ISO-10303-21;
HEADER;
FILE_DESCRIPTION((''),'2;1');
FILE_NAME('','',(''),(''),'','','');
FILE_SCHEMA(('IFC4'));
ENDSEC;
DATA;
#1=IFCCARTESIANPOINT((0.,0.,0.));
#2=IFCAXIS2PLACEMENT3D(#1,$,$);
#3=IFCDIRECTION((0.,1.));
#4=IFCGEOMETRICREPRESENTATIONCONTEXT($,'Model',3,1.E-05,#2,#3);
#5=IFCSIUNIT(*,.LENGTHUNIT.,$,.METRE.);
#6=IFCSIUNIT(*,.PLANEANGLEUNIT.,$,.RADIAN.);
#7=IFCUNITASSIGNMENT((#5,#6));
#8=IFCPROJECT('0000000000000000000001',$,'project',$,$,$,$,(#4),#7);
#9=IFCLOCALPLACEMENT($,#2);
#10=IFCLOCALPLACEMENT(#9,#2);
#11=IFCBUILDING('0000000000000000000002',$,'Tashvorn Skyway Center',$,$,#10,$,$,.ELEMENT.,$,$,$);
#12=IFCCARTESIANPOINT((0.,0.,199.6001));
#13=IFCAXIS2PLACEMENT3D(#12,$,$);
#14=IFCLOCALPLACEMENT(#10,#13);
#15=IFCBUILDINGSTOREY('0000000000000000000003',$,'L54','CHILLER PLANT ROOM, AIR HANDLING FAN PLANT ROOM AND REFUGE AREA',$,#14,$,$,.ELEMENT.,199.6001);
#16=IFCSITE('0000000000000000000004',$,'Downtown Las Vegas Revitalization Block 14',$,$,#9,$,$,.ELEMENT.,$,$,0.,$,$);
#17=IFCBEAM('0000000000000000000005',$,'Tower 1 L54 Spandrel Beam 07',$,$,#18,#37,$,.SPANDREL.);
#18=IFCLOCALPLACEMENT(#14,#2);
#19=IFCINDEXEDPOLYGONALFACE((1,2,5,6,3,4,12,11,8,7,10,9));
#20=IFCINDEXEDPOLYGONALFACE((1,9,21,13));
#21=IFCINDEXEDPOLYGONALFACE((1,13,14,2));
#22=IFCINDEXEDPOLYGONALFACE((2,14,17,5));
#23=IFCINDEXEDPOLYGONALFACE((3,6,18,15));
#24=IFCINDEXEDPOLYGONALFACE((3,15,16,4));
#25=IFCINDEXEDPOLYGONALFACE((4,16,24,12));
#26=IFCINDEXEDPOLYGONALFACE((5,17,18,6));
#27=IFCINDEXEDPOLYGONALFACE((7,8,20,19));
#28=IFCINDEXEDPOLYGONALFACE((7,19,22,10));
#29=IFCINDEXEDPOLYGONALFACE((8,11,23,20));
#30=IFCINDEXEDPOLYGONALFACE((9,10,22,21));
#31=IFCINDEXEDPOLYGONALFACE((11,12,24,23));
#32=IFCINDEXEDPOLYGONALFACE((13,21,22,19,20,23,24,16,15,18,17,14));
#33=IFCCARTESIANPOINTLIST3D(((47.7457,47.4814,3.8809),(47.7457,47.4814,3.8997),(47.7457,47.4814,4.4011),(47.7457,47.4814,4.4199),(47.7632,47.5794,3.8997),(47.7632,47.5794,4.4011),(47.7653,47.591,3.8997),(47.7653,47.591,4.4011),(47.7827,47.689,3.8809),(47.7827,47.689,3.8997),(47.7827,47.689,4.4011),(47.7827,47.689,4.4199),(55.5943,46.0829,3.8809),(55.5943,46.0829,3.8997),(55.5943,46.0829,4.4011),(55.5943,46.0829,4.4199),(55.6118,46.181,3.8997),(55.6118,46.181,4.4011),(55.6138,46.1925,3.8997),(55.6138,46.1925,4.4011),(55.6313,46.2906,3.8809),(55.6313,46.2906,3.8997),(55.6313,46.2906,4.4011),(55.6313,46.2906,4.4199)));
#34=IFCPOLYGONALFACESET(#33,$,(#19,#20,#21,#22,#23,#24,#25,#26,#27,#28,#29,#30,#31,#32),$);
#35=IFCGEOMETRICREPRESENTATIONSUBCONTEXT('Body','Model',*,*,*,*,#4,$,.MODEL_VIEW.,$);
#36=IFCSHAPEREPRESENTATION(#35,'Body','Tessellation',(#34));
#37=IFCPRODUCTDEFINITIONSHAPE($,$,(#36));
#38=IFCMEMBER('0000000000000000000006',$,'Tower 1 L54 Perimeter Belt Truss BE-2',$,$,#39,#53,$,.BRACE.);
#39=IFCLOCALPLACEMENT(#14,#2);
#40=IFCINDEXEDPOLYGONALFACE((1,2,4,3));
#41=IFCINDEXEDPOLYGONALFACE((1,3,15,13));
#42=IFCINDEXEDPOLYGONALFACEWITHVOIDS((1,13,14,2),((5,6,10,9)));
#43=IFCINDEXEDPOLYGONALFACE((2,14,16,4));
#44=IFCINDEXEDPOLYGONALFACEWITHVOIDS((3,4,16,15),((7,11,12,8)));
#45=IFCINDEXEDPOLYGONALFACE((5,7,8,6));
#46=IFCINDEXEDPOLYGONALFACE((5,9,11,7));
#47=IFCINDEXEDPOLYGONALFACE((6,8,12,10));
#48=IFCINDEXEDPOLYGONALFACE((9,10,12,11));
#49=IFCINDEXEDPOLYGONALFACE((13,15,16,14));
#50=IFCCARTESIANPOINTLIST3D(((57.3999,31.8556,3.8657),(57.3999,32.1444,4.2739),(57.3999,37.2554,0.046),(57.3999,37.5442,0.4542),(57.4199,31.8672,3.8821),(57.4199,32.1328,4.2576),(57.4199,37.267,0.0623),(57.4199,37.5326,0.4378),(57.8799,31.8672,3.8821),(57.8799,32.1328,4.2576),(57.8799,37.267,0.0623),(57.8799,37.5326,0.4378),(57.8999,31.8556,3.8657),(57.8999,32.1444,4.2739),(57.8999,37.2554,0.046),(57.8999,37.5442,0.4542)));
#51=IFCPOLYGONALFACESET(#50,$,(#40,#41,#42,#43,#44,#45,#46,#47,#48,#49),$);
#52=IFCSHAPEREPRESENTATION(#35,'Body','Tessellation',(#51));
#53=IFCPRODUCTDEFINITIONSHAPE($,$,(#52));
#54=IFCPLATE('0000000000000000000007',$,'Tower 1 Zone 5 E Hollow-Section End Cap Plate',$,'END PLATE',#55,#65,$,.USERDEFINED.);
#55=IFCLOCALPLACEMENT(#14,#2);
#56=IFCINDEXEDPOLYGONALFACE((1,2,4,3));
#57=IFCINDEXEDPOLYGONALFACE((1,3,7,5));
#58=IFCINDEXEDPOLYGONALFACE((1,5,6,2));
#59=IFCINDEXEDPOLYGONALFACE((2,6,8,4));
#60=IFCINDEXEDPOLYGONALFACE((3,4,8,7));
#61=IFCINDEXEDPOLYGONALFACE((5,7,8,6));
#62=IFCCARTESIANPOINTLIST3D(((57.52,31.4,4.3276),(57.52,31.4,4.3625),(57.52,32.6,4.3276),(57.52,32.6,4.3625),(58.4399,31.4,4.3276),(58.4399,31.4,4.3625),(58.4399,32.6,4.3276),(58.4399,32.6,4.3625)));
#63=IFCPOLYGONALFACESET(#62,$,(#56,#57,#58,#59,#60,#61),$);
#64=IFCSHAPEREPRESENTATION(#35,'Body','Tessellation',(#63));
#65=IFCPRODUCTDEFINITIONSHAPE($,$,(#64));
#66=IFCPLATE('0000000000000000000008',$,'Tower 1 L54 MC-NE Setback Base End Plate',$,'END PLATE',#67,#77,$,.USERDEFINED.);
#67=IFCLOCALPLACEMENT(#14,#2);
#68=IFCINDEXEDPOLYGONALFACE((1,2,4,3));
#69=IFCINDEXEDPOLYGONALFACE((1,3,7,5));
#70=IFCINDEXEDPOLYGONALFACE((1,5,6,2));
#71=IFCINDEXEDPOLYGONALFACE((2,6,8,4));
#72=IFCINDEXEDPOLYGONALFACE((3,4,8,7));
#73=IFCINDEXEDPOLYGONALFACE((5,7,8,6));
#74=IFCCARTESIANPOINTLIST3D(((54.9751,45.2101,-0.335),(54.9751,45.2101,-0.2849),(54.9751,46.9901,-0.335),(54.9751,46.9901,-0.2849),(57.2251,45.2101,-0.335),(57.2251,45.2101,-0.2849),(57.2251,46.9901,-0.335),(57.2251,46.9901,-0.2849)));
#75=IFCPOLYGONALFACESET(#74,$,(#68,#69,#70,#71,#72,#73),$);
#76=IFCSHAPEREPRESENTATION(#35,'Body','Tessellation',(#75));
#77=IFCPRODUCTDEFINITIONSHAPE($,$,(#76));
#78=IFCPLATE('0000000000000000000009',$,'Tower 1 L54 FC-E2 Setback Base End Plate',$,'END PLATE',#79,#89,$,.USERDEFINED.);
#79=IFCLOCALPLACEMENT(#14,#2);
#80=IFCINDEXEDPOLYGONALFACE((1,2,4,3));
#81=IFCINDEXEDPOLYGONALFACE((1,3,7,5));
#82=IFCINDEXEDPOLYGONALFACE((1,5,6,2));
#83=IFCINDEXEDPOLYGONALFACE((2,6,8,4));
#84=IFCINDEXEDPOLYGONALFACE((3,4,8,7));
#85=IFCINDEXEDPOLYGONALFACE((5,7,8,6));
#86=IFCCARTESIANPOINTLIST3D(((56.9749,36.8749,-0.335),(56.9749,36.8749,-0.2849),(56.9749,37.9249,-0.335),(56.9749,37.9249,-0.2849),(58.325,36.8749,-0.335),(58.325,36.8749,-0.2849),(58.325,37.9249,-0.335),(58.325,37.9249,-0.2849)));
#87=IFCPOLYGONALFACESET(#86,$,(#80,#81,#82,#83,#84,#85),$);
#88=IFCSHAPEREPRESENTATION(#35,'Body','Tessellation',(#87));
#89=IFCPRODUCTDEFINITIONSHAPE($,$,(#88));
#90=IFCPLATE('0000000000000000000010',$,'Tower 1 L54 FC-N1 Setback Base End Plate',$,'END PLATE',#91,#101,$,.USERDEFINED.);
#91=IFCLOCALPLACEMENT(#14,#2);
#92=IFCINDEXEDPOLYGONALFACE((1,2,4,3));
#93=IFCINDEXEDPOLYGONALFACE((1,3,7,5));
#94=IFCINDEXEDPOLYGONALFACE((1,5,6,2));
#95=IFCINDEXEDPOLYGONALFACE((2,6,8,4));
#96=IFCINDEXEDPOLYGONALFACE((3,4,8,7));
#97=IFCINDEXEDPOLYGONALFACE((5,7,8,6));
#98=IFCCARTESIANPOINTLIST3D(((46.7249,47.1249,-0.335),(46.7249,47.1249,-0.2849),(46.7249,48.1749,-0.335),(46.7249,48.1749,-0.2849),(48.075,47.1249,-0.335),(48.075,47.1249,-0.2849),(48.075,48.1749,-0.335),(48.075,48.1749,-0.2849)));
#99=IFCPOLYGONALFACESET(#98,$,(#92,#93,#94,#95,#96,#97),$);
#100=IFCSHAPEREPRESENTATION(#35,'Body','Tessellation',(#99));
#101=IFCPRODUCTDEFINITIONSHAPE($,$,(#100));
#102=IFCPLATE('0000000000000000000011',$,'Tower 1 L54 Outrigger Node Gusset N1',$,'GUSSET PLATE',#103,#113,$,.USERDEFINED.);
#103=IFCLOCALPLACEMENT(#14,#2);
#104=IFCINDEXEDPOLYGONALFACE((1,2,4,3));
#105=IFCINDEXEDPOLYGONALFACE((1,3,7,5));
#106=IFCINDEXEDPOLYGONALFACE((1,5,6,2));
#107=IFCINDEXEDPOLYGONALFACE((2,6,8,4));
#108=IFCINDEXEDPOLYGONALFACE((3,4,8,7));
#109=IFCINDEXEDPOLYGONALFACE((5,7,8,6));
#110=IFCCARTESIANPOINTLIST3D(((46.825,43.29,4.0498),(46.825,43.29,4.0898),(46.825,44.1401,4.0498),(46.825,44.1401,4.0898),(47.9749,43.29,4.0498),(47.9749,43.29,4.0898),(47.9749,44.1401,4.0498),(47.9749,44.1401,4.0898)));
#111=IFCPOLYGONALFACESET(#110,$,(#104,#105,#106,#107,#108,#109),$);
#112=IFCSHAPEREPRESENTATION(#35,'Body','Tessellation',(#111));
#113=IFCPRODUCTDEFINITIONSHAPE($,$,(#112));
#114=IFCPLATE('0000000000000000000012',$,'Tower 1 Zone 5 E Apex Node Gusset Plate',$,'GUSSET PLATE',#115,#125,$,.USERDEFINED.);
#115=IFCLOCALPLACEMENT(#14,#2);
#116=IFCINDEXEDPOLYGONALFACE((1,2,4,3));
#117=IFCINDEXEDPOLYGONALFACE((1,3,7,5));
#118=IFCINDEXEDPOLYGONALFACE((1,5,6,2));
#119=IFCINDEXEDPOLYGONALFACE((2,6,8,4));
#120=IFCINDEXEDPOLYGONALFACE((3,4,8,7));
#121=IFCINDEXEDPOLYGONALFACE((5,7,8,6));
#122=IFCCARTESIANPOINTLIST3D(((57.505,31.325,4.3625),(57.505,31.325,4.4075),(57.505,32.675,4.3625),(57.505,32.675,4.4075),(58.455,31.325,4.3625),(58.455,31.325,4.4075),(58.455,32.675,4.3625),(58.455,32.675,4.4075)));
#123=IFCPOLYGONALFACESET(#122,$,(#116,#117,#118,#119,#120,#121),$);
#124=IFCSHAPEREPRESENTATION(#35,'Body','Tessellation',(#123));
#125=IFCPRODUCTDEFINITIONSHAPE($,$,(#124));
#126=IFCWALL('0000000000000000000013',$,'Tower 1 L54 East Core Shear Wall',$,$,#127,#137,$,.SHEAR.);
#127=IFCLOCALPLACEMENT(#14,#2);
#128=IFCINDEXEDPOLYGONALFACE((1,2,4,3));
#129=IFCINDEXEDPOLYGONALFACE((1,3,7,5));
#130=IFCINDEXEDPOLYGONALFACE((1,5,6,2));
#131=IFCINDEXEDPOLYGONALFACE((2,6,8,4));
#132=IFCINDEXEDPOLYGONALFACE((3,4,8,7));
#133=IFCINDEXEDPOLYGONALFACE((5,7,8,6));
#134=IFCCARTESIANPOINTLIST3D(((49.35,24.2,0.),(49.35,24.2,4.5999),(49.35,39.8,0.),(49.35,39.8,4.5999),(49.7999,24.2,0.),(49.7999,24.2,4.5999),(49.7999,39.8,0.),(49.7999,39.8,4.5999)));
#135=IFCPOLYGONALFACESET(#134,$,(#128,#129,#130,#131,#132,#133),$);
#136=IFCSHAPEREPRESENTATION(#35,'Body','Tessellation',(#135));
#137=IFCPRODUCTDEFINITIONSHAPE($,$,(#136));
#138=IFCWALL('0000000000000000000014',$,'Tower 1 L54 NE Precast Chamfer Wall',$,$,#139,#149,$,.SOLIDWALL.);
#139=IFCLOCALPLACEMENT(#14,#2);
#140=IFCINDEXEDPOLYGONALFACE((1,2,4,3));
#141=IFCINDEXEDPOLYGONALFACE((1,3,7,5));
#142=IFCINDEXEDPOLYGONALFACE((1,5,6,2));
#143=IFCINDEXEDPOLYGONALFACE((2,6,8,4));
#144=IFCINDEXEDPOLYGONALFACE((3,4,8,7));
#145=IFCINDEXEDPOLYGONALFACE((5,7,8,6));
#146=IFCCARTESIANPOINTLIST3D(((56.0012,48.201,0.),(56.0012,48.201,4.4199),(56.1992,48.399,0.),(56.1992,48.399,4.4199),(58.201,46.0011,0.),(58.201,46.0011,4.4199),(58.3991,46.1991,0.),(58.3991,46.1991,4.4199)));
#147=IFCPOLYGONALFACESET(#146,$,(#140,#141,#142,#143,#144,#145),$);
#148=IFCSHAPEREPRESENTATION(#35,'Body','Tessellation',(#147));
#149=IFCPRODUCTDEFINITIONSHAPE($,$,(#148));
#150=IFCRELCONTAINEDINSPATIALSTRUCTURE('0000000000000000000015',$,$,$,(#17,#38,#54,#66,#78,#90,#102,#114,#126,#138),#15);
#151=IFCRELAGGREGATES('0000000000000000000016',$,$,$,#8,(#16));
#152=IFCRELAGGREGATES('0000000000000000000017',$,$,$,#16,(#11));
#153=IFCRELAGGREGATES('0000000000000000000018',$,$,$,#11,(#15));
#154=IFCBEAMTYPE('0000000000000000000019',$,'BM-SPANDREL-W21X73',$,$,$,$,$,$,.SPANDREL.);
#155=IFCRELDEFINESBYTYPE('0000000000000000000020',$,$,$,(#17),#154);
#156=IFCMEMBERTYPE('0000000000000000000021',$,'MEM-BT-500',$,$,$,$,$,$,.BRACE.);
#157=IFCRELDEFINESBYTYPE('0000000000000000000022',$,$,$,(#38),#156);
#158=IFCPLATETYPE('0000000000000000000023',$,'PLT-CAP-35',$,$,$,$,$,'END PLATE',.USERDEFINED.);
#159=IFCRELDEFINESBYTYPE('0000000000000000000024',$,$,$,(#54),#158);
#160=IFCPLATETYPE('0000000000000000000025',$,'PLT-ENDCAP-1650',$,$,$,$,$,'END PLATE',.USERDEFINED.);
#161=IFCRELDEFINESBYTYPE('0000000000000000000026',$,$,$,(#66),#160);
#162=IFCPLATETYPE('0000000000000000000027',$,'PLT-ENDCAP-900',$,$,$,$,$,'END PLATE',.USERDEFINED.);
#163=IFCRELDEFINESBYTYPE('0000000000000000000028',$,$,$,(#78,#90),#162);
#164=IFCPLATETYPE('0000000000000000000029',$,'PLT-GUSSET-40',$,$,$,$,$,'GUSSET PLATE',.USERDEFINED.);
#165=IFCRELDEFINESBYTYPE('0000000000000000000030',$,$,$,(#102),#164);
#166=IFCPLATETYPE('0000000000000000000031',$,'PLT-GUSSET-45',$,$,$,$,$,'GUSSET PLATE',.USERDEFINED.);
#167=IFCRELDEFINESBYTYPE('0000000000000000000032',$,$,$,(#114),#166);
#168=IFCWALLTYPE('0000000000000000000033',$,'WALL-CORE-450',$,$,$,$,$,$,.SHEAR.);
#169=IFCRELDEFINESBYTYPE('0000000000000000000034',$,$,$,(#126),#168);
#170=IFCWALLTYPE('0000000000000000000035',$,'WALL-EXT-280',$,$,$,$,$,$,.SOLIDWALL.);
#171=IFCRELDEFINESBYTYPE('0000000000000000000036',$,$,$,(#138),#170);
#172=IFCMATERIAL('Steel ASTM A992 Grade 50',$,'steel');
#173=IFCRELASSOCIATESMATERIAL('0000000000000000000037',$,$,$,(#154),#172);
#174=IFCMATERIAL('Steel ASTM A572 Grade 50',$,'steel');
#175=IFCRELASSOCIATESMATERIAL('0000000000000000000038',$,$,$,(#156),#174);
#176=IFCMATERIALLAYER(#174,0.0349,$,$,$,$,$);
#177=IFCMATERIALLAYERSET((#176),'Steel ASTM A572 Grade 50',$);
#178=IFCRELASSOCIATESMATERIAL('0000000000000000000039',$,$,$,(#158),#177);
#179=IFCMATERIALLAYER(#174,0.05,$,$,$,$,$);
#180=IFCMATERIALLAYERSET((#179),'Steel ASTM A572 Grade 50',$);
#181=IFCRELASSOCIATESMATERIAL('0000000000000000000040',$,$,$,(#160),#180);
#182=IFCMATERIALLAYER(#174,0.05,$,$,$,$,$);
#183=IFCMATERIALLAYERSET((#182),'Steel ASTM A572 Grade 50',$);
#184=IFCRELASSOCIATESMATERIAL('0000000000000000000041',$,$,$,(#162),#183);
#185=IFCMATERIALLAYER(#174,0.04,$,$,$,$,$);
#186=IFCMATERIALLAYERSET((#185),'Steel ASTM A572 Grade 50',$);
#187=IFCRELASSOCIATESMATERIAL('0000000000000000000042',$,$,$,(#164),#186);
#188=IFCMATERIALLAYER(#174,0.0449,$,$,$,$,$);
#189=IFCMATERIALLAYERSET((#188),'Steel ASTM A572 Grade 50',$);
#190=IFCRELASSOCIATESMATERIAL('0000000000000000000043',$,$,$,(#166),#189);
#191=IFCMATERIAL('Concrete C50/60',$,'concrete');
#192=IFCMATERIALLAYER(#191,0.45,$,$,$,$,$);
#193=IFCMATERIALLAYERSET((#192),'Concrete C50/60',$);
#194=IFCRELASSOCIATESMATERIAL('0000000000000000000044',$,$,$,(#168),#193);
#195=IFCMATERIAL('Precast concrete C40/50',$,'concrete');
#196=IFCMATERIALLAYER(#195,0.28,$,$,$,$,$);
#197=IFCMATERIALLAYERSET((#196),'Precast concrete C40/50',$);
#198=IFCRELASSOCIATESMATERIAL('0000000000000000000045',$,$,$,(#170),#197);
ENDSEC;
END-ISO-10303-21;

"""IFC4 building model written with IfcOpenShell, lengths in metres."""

from ifc_helpers import new_model, si_unit, direction, frame, frame_2d, origin, origin_2d, place, context, subcontext, project, spatial, rectangle, hollow_rectangle, i_section, extrude, material, layer, layer_set, material_profile, profile_set, type_object, element, save


model = new_model("IFC4")

# Units and contexts
model_context = context("Model", 3, precision=1e-05, world=origin(), true_north=direction((0.0, 1.0)))
body_context = subcontext(model_context, "Body", "Model", "MODEL_VIEW")
ifc_project = project(units=[si_unit("LENGTHUNIT", "METRE"), si_unit("PLANEANGLEUNIT", "RADIAN")], contexts=[model_context])

# Site, building, storey
site_placement = place(None, origin())
site = spatial("IfcSite", under=ifc_project, at=site_placement, Name="Downtown Las Vegas Revitalization Block 14", CompositionType="ELEMENT", RefElevation=0.0)
building_placement = place(site_placement, origin())
building = spatial("IfcBuilding", under=site, at=building_placement, Name="Tashvorn Skyway Center", CompositionType="ELEMENT")
storey_placement = place(building_placement, frame((0.0, 0.0, 199.6001)))
storey = spatial("IfcBuildingStorey", under=building, at=storey_placement, Name="L54", Description="CHILLER PLANT ROOM, AIR HANDLING FAN PLANT ROOM AND REFUGE AREA", CompositionType="ELEMENT", Elevation=199.6001)

# Shared definitions
ifc_material_1 = material(Name="Steel ASTM A572 Grade 50", Category="steel")

# Beam
ifc_material_2 = material(Name="Steel ASTM A992 Grade 50", Category="steel")
ifc_material_profile_1 = material_profile(ifc_material_2, i_section(OverallWidth=0.2109, OverallDepth=0.5391, WebThickness=0.0117, FlangeThickness=0.0188, at=origin_2d()), Name="W21X73")
ifc_profile_set_1 = profile_set([ifc_material_profile_1], Name="Steel ASTM A992 Grade 50")
beam_type_1 = type_object("IfcBeamType", Name="BM-SPANDREL-W21X73", PredefinedType="SPANDREL", material=ifc_profile_set_1)
for number, where, z_axis, x_axis, name in (
    (1, (55.6128, 46.1868, 4.1504), (-0.984495, 0.175413, 0.0), (-0.175413, -0.984495, 0.0), "Tower 1 L54 Spandrel Beam 07"),
):
    element("IfcBeam", number, at=place(storey_placement, frame(where, z_axis=z_axis, x_axis=x_axis)), inside=storey, type_object=beam_type_1, Name=name, PredefinedType="SPANDREL", context=body_context, shape_type="SweptSolid", body=[
        extrude(i_section(OverallWidth=0.2109, OverallDepth=0.5391, WebThickness=0.0117, FlangeThickness=0.0188, at=origin_2d()), origin(), (0.0, 0.0, 1.0), 7.9722),
    ])

# Member
ifc_material_profile_2 = material_profile(ifc_material_1, hollow_rectangle(XDim=0.5, YDim=0.5, WallThickness=0.02, at=origin_2d()), Name="HSS500x500x20")
ifc_profile_set_2 = profile_set([ifc_material_profile_2], Name="Steel ASTM A572 Grade 50")
member_type = type_object("IfcMemberType", Name="MEM-BT-500", PredefinedType="BRACE", material=ifc_profile_set_2)
member_placement = place(storey_placement, frame((57.6499, 32.0, 4.0698), z_axis=(0.0, 0.816388, -0.577503), x_axis=(-1.0, 0.0, 0.0)))
element("IfcMember", 2, at=member_placement, inside=storey, type_object=member_type, Name="Tower 1 L54 Perimeter Belt Truss BE-2", PredefinedType="BRACE", context=body_context, shape_type="SweptSolid", body=[
    extrude(hollow_rectangle(XDim=0.5, YDim=0.5, WallThickness=0.02, at=origin_2d()), origin(), (0.0, 0.0, 1.0), 6.6143),
])

# Plates
ifc_layer_1 = layer(ifc_material_1, 0.0349)
ifc_layer_set_1 = layer_set([ifc_layer_1], Name="Steel ASTM A572 Grade 50")
plate_type_1 = type_object("IfcPlateType", Name="PLT-CAP-35", ElementType="END PLATE", PredefinedType="USERDEFINED", material=ifc_layer_set_1)
plate_1_placement = place(storey_placement, frame((57.98, 32.0, 4.3276), z_axis=(0.0, 0.0, 1.0), x_axis=(0.0, 1.0, 0.0)))
element("IfcPlate", 3, at=plate_1_placement, inside=storey, type_object=plate_type_1, Name="Tower 1 Zone 5 E Hollow-Section End Cap Plate", ObjectType="END PLATE", PredefinedType="USERDEFINED", context=body_context, shape_type="SweptSolid", body=[
    extrude(rectangle(XDim=1.2, YDim=0.9199, at=origin_2d()), origin(), (0.0, 0.0, 1.0), 0.0349),
])
ifc_layer_2 = layer(ifc_material_1, 0.05)
ifc_layer_set_2 = layer_set([ifc_layer_2], Name="Steel ASTM A572 Grade 50")
plate_type_2 = type_object("IfcPlateType", Name="PLT-ENDCAP-1650", ElementType="END PLATE", PredefinedType="USERDEFINED", material=ifc_layer_set_2)
plate_2_placement = place(storey_placement, frame((56.1001, 46.1001, -0.335), z_axis=(0.0, 0.0, 1.0), x_axis=(1.0, 0.0, 0.0)))
element("IfcPlate", 4, at=plate_2_placement, inside=storey, type_object=plate_type_2, Name="Tower 1 L54 MC-NE Setback Base End Plate", ObjectType="END PLATE", PredefinedType="USERDEFINED", context=body_context, shape_type="SweptSolid", body=[
    extrude(rectangle(XDim=2.25, YDim=1.78, at=origin_2d()), origin(), (0.0, 0.0, 1.0), 0.05),
])
ifc_layer_3 = layer(ifc_material_1, 0.05)
ifc_layer_set_3 = layer_set([ifc_layer_3], Name="Steel ASTM A572 Grade 50")
plate_type_3 = type_object("IfcPlateType", Name="PLT-ENDCAP-900", ElementType="END PLATE", PredefinedType="USERDEFINED", material=ifc_layer_set_3)
for number, where, z_axis, x_axis, name in (
    (5, (57.6499, 37.3999, -0.335), (0.0, 0.0, 1.0), (1.0, 0.0, 0.0), "Tower 1 L54 FC-E2 Setback Base End Plate"),
    (6, (47.3999, 47.6499, -0.335), (0.0, 0.0, 1.0), (1.0, 0.0, 0.0), "Tower 1 L54 FC-N1 Setback Base End Plate"),
):
    element("IfcPlate", number, at=place(storey_placement, frame(where, z_axis=z_axis, x_axis=x_axis)), inside=storey, type_object=plate_type_3, Name=name, ObjectType="END PLATE", PredefinedType="USERDEFINED", context=body_context, shape_type="SweptSolid", body=[
        extrude(rectangle(XDim=1.3501, YDim=1.05, at=origin_2d()), origin(), (0.0, 0.0, 1.0), 0.05),
    ])
ifc_layer_4 = layer(ifc_material_1, 0.04)
ifc_layer_set_4 = layer_set([ifc_layer_4], Name="Steel ASTM A572 Grade 50")
plate_type_4 = type_object("IfcPlateType", Name="PLT-GUSSET-40", ElementType="GUSSET PLATE", PredefinedType="USERDEFINED", material=ifc_layer_set_4)
plate_3_placement = place(storey_placement, frame((47.3999, 43.7151, 4.0498), z_axis=(0.0, 0.0, 1.0), x_axis=(1.0, 0.0, 0.0)))
element("IfcPlate", 7, at=plate_3_placement, inside=storey, type_object=plate_type_4, Name="Tower 1 L54 Outrigger Node Gusset N1", ObjectType="GUSSET PLATE", PredefinedType="USERDEFINED", context=body_context, shape_type="SweptSolid", body=[
    extrude(rectangle(XDim=1.1499, YDim=0.8501, at=origin_2d()), origin(), (0.0, 0.0, 1.0), 0.04),
])
ifc_layer_5 = layer(ifc_material_1, 0.0449)
ifc_layer_set_5 = layer_set([ifc_layer_5], Name="Steel ASTM A572 Grade 50")
plate_type_5 = type_object("IfcPlateType", Name="PLT-GUSSET-45", ElementType="GUSSET PLATE", PredefinedType="USERDEFINED", material=ifc_layer_set_5)
plate_4_placement = place(storey_placement, frame((57.98, 32.0, 4.3625), z_axis=(0.0, 0.0, 1.0), x_axis=(0.0, 1.0, 0.0)))
element("IfcPlate", 8, at=plate_4_placement, inside=storey, type_object=plate_type_5, Name="Tower 1 Zone 5 E Apex Node Gusset Plate", ObjectType="GUSSET PLATE", PredefinedType="USERDEFINED", context=body_context, shape_type="SweptSolid", body=[
    extrude(rectangle(XDim=1.3501, YDim=0.95, at=origin_2d()), origin(), (0.0, 0.0, 1.0), 0.0449),
])

# Walls
ifc_material_3 = material(Name="Concrete C50/60", Category="concrete")
ifc_layer_6 = layer(ifc_material_3, 0.45)
ifc_layer_set_6 = layer_set([ifc_layer_6], Name="Concrete C50/60")
wall_type_1 = type_object("IfcWallType", Name="WALL-CORE-450", PredefinedType="SHEAR", material=ifc_layer_set_6)
wall_1_placement = place(storey_placement, frame((49.575, 39.8, 0.0), z_axis=(0.0, 0.0, 1.0), x_axis=(0.0, -1.0, 0.0)))
element("IfcWall", 9, at=wall_1_placement, inside=storey, type_object=wall_type_1, Name="Tower 1 L54 East Core Shear Wall", PredefinedType="SHEAR", context=body_context, shape_type="SweptSolid", body=[
    extrude(rectangle(XDim=15.6001, YDim=0.45, at=frame_2d((7.8, 0.0))), origin(), (0.0, 0.0, 1.0), 4.5999),
])
ifc_material_4 = material(Name="Precast concrete C40/50", Category="concrete")
ifc_layer_7 = layer(ifc_material_4, 0.28)
ifc_layer_set_7 = layer_set([ifc_layer_7], Name="Precast concrete C40/50")
wall_type_2 = type_object("IfcWallType", Name="WALL-EXT-280", PredefinedType="SOLIDWALL", material=ifc_layer_set_7)
wall_2_placement = place(storey_placement, frame((56.1001, 48.3, 0.0), z_axis=(0.0, 0.0, 1.0), x_axis=(0.707107, -0.707107, 0.0)))
element("IfcWall", 10, at=wall_2_placement, inside=storey, type_object=wall_type_2, Name="Tower 1 L54 NE Precast Chamfer Wall", PredefinedType="SOLIDWALL", context=body_context, shape_type="SweptSolid", body=[
    extrude(rectangle(XDim=3.1111, YDim=0.28, at=frame_2d((1.5557, 0.0))), origin(), (0.0, 0.0, 1.0), 4.4199),
])

save(model, "model.ifc")
